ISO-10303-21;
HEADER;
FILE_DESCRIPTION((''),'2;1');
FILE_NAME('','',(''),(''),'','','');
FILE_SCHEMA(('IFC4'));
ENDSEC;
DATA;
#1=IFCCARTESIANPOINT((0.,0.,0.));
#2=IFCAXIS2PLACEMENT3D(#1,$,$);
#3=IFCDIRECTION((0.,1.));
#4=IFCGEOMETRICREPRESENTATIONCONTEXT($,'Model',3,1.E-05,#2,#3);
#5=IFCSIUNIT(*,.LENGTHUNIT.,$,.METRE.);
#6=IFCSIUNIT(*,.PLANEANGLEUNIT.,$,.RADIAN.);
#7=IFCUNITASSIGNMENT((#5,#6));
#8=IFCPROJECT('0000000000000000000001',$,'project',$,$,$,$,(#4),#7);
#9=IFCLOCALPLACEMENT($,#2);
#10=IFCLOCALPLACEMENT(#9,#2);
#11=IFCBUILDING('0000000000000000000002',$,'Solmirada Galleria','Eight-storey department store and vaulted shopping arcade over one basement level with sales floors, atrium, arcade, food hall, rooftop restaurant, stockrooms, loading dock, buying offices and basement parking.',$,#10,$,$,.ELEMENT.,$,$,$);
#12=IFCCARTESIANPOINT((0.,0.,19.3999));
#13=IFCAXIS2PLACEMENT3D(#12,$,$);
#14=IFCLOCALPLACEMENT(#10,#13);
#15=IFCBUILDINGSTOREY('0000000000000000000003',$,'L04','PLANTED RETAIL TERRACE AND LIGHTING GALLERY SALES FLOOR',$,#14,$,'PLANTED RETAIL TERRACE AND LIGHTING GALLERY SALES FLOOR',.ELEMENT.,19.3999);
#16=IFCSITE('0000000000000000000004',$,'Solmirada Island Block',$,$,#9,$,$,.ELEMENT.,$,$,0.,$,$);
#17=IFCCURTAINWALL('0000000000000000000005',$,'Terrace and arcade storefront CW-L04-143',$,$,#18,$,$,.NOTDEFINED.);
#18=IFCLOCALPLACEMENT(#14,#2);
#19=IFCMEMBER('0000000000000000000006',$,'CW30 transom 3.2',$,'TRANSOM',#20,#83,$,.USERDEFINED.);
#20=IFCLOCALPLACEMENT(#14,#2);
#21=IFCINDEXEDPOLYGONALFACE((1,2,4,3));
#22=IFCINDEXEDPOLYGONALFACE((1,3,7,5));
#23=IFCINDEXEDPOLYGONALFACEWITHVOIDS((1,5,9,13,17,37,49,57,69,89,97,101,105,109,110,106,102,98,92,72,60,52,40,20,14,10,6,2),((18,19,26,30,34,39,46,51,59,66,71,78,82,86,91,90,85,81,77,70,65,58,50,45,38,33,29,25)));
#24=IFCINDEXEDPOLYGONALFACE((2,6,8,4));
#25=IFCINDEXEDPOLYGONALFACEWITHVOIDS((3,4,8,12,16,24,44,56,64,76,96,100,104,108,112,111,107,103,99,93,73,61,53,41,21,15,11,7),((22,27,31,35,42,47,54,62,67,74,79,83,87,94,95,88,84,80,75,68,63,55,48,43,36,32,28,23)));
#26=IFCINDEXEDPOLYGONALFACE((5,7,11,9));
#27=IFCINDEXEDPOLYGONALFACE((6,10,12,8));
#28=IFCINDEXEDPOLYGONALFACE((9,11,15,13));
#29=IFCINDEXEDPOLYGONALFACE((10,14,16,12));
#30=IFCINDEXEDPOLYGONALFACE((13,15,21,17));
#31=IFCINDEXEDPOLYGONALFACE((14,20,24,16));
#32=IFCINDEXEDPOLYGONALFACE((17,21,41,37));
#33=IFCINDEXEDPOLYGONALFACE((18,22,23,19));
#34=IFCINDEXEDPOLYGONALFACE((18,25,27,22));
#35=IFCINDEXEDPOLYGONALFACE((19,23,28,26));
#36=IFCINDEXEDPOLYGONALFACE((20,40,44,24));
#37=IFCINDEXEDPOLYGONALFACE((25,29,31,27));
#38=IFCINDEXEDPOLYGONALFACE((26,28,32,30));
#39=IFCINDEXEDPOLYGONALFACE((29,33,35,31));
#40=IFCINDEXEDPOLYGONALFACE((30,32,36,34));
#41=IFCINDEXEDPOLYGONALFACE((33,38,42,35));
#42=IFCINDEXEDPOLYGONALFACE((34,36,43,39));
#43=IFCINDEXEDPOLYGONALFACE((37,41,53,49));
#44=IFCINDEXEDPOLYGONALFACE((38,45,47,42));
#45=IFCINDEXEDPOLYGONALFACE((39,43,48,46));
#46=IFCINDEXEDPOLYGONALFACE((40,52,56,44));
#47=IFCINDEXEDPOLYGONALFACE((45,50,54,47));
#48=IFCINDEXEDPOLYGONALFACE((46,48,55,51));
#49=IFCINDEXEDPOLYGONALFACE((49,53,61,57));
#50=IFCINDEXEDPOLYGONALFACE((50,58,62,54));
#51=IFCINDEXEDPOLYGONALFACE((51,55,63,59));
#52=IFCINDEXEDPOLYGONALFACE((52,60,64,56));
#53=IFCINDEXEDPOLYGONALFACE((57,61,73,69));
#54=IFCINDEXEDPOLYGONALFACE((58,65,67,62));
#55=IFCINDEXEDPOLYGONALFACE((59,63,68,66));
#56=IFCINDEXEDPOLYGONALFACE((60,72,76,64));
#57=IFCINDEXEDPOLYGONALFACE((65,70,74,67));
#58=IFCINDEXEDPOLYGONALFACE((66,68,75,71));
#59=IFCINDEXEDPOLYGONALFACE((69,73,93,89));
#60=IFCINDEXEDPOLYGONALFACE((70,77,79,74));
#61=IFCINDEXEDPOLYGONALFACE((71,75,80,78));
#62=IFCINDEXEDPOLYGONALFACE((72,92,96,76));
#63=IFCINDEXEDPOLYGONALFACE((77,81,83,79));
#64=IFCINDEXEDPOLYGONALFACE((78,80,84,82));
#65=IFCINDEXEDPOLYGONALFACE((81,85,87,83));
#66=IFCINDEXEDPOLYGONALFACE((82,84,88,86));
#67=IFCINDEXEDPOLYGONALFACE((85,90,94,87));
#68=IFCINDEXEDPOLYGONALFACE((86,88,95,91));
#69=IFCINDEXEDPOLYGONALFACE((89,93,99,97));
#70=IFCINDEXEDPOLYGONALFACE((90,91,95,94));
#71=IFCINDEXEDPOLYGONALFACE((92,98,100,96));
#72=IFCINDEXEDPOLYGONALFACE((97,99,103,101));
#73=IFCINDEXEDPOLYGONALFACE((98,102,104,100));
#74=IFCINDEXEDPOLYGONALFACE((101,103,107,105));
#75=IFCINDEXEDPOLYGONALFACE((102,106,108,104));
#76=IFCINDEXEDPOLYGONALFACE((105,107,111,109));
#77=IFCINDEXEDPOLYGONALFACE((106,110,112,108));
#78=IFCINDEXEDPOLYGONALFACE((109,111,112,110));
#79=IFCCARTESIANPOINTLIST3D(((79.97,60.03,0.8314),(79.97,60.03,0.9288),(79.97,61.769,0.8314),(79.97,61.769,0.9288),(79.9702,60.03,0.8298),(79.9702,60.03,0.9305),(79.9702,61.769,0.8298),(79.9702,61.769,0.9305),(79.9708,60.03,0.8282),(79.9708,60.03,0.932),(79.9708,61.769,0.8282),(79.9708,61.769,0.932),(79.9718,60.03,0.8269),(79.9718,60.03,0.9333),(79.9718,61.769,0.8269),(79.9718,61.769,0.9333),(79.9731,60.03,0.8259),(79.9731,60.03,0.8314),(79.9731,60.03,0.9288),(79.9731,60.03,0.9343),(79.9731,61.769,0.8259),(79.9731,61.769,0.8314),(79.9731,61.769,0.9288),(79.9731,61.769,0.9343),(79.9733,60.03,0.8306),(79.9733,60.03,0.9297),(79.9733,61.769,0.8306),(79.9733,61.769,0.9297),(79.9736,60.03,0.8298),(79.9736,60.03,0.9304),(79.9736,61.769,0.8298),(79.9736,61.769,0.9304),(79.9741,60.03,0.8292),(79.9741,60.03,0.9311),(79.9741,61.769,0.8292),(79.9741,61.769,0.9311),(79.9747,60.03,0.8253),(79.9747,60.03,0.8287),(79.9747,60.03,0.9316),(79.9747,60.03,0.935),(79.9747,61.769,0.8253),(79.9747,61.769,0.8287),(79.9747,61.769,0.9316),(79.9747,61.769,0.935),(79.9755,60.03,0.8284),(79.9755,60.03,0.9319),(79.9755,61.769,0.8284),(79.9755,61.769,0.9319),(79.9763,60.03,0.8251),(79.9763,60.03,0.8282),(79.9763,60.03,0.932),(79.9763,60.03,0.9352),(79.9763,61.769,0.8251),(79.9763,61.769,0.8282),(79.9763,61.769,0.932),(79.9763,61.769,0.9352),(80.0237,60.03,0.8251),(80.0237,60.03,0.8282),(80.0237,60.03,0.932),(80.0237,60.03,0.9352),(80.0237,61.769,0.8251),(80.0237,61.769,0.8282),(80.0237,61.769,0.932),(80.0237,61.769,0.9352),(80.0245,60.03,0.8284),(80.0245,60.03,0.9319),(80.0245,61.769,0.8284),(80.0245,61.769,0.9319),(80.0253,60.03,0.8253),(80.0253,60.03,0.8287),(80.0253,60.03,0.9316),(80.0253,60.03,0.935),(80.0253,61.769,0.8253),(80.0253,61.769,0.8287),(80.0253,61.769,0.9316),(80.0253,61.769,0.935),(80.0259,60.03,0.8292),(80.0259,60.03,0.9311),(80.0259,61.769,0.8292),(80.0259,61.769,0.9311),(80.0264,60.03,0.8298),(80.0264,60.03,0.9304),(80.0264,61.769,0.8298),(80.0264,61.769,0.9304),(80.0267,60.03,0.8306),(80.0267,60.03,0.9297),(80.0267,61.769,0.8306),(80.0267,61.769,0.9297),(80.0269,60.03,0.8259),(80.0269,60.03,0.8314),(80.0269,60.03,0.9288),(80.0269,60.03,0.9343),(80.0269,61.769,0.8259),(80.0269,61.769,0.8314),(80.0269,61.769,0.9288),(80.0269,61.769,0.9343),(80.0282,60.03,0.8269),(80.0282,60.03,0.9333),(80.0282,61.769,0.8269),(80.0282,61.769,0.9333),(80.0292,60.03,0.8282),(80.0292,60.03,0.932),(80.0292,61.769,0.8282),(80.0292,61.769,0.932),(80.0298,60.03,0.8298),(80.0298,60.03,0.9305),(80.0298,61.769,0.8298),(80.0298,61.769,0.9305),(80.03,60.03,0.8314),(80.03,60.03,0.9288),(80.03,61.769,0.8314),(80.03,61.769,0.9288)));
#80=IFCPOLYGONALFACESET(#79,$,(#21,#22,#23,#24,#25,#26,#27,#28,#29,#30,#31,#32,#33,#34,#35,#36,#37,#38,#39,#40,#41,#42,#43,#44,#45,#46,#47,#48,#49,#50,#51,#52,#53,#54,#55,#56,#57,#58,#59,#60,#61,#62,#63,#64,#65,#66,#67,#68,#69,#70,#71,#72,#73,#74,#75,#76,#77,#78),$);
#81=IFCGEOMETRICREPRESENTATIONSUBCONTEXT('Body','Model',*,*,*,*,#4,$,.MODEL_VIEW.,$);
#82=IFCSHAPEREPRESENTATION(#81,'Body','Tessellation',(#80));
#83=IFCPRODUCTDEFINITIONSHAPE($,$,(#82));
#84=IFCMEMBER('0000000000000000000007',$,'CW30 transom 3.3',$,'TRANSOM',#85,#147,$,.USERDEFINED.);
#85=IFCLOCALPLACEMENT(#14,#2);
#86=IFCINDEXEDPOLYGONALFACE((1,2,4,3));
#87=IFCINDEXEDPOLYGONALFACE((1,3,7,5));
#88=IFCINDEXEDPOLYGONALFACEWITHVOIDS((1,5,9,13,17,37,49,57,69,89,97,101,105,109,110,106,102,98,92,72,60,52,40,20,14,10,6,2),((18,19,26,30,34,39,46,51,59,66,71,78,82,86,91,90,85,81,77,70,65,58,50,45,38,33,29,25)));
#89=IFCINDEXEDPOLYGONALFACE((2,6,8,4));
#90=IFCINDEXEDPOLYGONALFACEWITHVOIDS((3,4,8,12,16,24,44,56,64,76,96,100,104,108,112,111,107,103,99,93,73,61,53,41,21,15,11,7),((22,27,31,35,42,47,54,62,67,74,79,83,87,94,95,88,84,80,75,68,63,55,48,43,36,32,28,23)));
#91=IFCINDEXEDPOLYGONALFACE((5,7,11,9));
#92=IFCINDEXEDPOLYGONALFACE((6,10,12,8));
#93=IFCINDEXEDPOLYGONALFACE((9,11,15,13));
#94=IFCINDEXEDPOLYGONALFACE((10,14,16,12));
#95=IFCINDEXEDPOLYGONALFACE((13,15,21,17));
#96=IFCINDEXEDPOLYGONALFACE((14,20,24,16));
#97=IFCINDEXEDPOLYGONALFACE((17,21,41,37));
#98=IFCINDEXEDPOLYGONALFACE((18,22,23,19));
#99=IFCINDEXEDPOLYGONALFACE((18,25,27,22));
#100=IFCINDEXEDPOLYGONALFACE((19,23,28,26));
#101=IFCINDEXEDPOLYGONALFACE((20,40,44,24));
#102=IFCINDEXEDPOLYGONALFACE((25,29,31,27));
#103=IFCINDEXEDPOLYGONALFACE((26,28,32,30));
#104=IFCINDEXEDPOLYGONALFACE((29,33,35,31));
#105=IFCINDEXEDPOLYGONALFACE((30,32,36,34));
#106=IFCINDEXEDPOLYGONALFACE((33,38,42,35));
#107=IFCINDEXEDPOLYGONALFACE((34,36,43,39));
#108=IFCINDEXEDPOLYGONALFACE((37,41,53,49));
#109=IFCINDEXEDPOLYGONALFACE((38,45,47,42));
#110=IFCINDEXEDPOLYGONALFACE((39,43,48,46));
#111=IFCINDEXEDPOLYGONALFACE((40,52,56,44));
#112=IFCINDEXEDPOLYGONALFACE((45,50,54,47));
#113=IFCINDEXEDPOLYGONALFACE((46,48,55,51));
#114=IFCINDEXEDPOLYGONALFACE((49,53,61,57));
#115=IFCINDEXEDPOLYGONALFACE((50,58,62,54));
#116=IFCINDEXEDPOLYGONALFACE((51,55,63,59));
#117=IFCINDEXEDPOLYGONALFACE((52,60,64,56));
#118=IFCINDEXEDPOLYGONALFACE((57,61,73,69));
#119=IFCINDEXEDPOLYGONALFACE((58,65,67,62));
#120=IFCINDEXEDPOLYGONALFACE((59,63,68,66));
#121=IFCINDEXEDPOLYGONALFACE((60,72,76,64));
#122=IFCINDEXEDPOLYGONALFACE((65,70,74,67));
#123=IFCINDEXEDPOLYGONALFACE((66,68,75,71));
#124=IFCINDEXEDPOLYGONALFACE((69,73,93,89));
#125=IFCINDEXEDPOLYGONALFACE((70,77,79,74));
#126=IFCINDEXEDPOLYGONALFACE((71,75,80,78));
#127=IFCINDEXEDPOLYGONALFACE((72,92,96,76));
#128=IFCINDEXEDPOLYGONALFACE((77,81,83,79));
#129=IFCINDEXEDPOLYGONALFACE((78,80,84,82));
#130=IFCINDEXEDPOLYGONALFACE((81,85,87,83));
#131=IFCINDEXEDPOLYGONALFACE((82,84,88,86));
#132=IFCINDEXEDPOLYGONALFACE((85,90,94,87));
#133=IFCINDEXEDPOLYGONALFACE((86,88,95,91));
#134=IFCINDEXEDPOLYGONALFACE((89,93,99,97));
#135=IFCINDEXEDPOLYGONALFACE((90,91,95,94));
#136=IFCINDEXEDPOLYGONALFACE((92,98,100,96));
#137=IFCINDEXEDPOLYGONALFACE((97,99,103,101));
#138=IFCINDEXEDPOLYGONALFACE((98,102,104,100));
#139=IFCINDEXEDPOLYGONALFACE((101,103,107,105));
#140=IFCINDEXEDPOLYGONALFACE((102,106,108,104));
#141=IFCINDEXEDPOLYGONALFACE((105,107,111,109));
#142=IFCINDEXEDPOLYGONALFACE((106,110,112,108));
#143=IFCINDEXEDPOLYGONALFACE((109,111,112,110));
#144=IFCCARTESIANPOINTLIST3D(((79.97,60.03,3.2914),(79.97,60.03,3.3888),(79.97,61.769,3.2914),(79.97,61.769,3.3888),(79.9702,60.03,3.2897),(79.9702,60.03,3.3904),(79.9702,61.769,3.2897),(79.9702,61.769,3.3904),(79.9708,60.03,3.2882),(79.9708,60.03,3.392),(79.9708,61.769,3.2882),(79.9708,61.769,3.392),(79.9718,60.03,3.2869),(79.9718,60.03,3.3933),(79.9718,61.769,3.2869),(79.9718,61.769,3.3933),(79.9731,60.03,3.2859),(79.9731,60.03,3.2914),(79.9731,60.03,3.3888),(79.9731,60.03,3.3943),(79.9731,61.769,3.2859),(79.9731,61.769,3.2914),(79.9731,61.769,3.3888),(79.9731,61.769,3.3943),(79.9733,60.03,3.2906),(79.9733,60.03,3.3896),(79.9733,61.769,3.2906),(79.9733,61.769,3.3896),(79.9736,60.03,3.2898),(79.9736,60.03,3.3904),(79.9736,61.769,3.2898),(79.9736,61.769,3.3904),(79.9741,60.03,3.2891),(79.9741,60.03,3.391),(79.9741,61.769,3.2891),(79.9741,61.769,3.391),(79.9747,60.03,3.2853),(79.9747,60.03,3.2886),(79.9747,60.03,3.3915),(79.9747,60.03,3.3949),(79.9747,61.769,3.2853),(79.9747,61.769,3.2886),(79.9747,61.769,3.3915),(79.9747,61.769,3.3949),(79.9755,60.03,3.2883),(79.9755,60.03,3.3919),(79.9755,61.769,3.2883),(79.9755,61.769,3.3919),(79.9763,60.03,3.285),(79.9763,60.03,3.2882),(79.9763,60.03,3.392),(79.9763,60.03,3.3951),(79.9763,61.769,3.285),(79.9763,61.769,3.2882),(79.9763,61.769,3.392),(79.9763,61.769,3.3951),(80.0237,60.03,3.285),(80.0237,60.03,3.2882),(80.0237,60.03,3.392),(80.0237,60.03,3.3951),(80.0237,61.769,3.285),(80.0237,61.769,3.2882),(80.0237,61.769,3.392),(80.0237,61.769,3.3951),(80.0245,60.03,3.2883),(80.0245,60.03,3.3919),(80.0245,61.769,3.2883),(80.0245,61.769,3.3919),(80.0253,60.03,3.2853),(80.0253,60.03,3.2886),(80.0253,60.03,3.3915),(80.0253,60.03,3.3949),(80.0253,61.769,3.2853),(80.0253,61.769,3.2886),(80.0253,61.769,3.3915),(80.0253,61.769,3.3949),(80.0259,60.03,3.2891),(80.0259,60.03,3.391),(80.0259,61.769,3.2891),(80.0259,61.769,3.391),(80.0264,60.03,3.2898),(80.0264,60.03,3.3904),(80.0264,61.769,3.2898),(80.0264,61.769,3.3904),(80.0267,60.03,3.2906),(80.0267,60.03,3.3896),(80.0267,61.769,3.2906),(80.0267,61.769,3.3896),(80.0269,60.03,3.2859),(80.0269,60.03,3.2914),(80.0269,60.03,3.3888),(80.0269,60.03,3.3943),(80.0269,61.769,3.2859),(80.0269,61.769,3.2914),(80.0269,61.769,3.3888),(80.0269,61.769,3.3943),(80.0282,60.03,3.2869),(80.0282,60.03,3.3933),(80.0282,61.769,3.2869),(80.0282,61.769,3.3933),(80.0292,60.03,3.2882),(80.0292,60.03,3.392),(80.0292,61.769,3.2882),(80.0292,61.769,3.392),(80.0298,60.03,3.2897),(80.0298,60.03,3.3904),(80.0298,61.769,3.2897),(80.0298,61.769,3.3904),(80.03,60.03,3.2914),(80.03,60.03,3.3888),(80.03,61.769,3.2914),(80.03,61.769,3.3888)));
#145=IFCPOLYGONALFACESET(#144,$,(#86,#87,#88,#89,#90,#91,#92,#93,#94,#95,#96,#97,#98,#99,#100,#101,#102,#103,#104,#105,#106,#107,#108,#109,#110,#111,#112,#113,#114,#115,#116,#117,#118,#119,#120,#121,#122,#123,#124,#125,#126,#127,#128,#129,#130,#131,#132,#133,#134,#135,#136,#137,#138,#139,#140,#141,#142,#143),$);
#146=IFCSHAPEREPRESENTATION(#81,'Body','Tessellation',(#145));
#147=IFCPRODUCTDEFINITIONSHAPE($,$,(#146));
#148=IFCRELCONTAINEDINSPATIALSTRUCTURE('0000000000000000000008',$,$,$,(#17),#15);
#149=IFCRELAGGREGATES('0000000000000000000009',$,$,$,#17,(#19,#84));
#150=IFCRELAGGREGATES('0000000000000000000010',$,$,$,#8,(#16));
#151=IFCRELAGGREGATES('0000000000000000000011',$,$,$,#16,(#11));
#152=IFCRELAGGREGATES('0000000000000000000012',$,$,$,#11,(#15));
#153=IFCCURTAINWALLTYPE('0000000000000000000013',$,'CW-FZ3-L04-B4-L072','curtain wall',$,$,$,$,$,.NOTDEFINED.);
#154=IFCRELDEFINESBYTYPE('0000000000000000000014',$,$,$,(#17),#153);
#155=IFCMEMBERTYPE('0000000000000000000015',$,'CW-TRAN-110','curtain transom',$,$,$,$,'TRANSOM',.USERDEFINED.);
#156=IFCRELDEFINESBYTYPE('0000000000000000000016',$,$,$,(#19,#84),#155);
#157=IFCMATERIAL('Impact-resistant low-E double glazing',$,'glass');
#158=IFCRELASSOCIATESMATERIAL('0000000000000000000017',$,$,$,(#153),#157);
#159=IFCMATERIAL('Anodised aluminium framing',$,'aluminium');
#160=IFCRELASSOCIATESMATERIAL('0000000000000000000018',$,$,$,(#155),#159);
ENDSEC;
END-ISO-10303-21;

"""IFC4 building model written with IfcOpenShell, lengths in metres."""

from ifc_helpers import new_model, si_unit, direction, frame, origin, origin_2d, place, context, subcontext, project, spatial, hollow_rectangle, extrude, material, material_profile, profile_set, type_object, element, aggregate, save


model = new_model("IFC4")

# Units and contexts
model_context = context("Model", 3, precision=1e-05, world=origin(), true_north=direction((0.0, 1.0)))
body_context = subcontext(model_context, "Body", "Model", "MODEL_VIEW")
ifc_project = project(units=[si_unit("LENGTHUNIT", "METRE"), si_unit("PLANEANGLEUNIT", "RADIAN")], contexts=[model_context])

# Site, building, storey
site_placement = place(None, origin())
site = spatial("IfcSite", under=ifc_project, at=site_placement, Name="Solmirada Island Block", CompositionType="ELEMENT", RefElevation=0.0)
building_placement = place(site_placement, origin())
building = spatial("IfcBuilding", under=site, at=building_placement, Name="Solmirada Galleria", Description="Eight-storey department store and vaulted shopping arcade over one basement level with sales floors, atrium, arcade, food hall, rooftop restaurant, stockrooms, loading dock, buying offices and basement parking.", CompositionType="ELEMENT")
storey_placement = place(building_placement, frame((0.0, 0.0, 19.3999)))
storey = spatial("IfcBuildingStorey", under=building, at=storey_placement, Name="L04", Description="PLANTED RETAIL TERRACE AND LIGHTING GALLERY SALES FLOOR", LongName="PLANTED RETAIL TERRACE AND LIGHTING GALLERY SALES FLOOR", CompositionType="ELEMENT", Elevation=19.3999)

# Curtain wall, members
ifc_material_1 = material(Name="Impact-resistant low-E double glazing", Category="glass")
curtain_wall_type = type_object("IfcCurtainWallType", Name="CW-FZ3-L04-B4-L072", Description="curtain wall", PredefinedType="NOTDEFINED", material=ifc_material_1)
curtain_wall_placement = place(storey_placement, origin())
curtain_wall = element("IfcCurtainWall", 1, at=curtain_wall_placement, inside=storey, type_object=curtain_wall_type, Name="Terrace and arcade storefront CW-L04-143", PredefinedType="NOTDEFINED")
ifc_material_2 = material(Name="Anodised aluminium framing", Category="aluminium")
ifc_material_profile_1 = material_profile(ifc_material_2, hollow_rectangle(XDim=0.0601, YDim=0.1101, WallThickness=0.0032, InnerFilletRadius=0.0032, OuterFilletRadius=0.0063, at=origin_2d()), Name="ALU-TRAN-110X60")
ifc_profile_set_1 = profile_set([ifc_material_profile_1], Name="Anodised aluminium framing")
member_type_1 = type_object("IfcMemberType", Name="CW-TRAN-110", Description="curtain transom", ElementType="TRANSOM", PredefinedType="USERDEFINED", material=ifc_profile_set_1)
member_1_placement = place(storey_placement, frame((80.0, 60.03, 0.8801), z_axis=(0.0, 1.0, 0.0), x_axis=(-1.0, 0.0, 0.0)))
member_1 = element("IfcMember", 2, at=member_1_placement, type_object=member_type_1, Name="CW30 transom 3.2", ObjectType="TRANSOM", PredefinedType="USERDEFINED", context=body_context, shape_type="SweptSolid", body=[
    extrude(hollow_rectangle(XDim=0.0601, YDim=0.1101, WallThickness=0.0032, InnerFilletRadius=0.0032, OuterFilletRadius=0.0063, at=origin_2d()), origin(), (0.0, 0.0, 1.0), 1.739),
])
member_2_placement = place(storey_placement, frame((80.0, 60.03, 3.3401), z_axis=(0.0, 1.0, 0.0), x_axis=(-1.0, 0.0, 0.0)))
member_2 = element("IfcMember", 3, at=member_2_placement, type_object=member_type_1, Name="CW30 transom 3.3", ObjectType="TRANSOM", PredefinedType="USERDEFINED", context=body_context, shape_type="SweptSolid", body=[
    extrude(hollow_rectangle(XDim=0.0601, YDim=0.1101, WallThickness=0.0032, InnerFilletRadius=0.0032, OuterFilletRadius=0.0063, at=origin_2d()), origin(), (0.0, 0.0, 1.0), 1.739),
])
aggregate(curtain_wall, [member_1, member_2])

save(model, "model.ifc")
